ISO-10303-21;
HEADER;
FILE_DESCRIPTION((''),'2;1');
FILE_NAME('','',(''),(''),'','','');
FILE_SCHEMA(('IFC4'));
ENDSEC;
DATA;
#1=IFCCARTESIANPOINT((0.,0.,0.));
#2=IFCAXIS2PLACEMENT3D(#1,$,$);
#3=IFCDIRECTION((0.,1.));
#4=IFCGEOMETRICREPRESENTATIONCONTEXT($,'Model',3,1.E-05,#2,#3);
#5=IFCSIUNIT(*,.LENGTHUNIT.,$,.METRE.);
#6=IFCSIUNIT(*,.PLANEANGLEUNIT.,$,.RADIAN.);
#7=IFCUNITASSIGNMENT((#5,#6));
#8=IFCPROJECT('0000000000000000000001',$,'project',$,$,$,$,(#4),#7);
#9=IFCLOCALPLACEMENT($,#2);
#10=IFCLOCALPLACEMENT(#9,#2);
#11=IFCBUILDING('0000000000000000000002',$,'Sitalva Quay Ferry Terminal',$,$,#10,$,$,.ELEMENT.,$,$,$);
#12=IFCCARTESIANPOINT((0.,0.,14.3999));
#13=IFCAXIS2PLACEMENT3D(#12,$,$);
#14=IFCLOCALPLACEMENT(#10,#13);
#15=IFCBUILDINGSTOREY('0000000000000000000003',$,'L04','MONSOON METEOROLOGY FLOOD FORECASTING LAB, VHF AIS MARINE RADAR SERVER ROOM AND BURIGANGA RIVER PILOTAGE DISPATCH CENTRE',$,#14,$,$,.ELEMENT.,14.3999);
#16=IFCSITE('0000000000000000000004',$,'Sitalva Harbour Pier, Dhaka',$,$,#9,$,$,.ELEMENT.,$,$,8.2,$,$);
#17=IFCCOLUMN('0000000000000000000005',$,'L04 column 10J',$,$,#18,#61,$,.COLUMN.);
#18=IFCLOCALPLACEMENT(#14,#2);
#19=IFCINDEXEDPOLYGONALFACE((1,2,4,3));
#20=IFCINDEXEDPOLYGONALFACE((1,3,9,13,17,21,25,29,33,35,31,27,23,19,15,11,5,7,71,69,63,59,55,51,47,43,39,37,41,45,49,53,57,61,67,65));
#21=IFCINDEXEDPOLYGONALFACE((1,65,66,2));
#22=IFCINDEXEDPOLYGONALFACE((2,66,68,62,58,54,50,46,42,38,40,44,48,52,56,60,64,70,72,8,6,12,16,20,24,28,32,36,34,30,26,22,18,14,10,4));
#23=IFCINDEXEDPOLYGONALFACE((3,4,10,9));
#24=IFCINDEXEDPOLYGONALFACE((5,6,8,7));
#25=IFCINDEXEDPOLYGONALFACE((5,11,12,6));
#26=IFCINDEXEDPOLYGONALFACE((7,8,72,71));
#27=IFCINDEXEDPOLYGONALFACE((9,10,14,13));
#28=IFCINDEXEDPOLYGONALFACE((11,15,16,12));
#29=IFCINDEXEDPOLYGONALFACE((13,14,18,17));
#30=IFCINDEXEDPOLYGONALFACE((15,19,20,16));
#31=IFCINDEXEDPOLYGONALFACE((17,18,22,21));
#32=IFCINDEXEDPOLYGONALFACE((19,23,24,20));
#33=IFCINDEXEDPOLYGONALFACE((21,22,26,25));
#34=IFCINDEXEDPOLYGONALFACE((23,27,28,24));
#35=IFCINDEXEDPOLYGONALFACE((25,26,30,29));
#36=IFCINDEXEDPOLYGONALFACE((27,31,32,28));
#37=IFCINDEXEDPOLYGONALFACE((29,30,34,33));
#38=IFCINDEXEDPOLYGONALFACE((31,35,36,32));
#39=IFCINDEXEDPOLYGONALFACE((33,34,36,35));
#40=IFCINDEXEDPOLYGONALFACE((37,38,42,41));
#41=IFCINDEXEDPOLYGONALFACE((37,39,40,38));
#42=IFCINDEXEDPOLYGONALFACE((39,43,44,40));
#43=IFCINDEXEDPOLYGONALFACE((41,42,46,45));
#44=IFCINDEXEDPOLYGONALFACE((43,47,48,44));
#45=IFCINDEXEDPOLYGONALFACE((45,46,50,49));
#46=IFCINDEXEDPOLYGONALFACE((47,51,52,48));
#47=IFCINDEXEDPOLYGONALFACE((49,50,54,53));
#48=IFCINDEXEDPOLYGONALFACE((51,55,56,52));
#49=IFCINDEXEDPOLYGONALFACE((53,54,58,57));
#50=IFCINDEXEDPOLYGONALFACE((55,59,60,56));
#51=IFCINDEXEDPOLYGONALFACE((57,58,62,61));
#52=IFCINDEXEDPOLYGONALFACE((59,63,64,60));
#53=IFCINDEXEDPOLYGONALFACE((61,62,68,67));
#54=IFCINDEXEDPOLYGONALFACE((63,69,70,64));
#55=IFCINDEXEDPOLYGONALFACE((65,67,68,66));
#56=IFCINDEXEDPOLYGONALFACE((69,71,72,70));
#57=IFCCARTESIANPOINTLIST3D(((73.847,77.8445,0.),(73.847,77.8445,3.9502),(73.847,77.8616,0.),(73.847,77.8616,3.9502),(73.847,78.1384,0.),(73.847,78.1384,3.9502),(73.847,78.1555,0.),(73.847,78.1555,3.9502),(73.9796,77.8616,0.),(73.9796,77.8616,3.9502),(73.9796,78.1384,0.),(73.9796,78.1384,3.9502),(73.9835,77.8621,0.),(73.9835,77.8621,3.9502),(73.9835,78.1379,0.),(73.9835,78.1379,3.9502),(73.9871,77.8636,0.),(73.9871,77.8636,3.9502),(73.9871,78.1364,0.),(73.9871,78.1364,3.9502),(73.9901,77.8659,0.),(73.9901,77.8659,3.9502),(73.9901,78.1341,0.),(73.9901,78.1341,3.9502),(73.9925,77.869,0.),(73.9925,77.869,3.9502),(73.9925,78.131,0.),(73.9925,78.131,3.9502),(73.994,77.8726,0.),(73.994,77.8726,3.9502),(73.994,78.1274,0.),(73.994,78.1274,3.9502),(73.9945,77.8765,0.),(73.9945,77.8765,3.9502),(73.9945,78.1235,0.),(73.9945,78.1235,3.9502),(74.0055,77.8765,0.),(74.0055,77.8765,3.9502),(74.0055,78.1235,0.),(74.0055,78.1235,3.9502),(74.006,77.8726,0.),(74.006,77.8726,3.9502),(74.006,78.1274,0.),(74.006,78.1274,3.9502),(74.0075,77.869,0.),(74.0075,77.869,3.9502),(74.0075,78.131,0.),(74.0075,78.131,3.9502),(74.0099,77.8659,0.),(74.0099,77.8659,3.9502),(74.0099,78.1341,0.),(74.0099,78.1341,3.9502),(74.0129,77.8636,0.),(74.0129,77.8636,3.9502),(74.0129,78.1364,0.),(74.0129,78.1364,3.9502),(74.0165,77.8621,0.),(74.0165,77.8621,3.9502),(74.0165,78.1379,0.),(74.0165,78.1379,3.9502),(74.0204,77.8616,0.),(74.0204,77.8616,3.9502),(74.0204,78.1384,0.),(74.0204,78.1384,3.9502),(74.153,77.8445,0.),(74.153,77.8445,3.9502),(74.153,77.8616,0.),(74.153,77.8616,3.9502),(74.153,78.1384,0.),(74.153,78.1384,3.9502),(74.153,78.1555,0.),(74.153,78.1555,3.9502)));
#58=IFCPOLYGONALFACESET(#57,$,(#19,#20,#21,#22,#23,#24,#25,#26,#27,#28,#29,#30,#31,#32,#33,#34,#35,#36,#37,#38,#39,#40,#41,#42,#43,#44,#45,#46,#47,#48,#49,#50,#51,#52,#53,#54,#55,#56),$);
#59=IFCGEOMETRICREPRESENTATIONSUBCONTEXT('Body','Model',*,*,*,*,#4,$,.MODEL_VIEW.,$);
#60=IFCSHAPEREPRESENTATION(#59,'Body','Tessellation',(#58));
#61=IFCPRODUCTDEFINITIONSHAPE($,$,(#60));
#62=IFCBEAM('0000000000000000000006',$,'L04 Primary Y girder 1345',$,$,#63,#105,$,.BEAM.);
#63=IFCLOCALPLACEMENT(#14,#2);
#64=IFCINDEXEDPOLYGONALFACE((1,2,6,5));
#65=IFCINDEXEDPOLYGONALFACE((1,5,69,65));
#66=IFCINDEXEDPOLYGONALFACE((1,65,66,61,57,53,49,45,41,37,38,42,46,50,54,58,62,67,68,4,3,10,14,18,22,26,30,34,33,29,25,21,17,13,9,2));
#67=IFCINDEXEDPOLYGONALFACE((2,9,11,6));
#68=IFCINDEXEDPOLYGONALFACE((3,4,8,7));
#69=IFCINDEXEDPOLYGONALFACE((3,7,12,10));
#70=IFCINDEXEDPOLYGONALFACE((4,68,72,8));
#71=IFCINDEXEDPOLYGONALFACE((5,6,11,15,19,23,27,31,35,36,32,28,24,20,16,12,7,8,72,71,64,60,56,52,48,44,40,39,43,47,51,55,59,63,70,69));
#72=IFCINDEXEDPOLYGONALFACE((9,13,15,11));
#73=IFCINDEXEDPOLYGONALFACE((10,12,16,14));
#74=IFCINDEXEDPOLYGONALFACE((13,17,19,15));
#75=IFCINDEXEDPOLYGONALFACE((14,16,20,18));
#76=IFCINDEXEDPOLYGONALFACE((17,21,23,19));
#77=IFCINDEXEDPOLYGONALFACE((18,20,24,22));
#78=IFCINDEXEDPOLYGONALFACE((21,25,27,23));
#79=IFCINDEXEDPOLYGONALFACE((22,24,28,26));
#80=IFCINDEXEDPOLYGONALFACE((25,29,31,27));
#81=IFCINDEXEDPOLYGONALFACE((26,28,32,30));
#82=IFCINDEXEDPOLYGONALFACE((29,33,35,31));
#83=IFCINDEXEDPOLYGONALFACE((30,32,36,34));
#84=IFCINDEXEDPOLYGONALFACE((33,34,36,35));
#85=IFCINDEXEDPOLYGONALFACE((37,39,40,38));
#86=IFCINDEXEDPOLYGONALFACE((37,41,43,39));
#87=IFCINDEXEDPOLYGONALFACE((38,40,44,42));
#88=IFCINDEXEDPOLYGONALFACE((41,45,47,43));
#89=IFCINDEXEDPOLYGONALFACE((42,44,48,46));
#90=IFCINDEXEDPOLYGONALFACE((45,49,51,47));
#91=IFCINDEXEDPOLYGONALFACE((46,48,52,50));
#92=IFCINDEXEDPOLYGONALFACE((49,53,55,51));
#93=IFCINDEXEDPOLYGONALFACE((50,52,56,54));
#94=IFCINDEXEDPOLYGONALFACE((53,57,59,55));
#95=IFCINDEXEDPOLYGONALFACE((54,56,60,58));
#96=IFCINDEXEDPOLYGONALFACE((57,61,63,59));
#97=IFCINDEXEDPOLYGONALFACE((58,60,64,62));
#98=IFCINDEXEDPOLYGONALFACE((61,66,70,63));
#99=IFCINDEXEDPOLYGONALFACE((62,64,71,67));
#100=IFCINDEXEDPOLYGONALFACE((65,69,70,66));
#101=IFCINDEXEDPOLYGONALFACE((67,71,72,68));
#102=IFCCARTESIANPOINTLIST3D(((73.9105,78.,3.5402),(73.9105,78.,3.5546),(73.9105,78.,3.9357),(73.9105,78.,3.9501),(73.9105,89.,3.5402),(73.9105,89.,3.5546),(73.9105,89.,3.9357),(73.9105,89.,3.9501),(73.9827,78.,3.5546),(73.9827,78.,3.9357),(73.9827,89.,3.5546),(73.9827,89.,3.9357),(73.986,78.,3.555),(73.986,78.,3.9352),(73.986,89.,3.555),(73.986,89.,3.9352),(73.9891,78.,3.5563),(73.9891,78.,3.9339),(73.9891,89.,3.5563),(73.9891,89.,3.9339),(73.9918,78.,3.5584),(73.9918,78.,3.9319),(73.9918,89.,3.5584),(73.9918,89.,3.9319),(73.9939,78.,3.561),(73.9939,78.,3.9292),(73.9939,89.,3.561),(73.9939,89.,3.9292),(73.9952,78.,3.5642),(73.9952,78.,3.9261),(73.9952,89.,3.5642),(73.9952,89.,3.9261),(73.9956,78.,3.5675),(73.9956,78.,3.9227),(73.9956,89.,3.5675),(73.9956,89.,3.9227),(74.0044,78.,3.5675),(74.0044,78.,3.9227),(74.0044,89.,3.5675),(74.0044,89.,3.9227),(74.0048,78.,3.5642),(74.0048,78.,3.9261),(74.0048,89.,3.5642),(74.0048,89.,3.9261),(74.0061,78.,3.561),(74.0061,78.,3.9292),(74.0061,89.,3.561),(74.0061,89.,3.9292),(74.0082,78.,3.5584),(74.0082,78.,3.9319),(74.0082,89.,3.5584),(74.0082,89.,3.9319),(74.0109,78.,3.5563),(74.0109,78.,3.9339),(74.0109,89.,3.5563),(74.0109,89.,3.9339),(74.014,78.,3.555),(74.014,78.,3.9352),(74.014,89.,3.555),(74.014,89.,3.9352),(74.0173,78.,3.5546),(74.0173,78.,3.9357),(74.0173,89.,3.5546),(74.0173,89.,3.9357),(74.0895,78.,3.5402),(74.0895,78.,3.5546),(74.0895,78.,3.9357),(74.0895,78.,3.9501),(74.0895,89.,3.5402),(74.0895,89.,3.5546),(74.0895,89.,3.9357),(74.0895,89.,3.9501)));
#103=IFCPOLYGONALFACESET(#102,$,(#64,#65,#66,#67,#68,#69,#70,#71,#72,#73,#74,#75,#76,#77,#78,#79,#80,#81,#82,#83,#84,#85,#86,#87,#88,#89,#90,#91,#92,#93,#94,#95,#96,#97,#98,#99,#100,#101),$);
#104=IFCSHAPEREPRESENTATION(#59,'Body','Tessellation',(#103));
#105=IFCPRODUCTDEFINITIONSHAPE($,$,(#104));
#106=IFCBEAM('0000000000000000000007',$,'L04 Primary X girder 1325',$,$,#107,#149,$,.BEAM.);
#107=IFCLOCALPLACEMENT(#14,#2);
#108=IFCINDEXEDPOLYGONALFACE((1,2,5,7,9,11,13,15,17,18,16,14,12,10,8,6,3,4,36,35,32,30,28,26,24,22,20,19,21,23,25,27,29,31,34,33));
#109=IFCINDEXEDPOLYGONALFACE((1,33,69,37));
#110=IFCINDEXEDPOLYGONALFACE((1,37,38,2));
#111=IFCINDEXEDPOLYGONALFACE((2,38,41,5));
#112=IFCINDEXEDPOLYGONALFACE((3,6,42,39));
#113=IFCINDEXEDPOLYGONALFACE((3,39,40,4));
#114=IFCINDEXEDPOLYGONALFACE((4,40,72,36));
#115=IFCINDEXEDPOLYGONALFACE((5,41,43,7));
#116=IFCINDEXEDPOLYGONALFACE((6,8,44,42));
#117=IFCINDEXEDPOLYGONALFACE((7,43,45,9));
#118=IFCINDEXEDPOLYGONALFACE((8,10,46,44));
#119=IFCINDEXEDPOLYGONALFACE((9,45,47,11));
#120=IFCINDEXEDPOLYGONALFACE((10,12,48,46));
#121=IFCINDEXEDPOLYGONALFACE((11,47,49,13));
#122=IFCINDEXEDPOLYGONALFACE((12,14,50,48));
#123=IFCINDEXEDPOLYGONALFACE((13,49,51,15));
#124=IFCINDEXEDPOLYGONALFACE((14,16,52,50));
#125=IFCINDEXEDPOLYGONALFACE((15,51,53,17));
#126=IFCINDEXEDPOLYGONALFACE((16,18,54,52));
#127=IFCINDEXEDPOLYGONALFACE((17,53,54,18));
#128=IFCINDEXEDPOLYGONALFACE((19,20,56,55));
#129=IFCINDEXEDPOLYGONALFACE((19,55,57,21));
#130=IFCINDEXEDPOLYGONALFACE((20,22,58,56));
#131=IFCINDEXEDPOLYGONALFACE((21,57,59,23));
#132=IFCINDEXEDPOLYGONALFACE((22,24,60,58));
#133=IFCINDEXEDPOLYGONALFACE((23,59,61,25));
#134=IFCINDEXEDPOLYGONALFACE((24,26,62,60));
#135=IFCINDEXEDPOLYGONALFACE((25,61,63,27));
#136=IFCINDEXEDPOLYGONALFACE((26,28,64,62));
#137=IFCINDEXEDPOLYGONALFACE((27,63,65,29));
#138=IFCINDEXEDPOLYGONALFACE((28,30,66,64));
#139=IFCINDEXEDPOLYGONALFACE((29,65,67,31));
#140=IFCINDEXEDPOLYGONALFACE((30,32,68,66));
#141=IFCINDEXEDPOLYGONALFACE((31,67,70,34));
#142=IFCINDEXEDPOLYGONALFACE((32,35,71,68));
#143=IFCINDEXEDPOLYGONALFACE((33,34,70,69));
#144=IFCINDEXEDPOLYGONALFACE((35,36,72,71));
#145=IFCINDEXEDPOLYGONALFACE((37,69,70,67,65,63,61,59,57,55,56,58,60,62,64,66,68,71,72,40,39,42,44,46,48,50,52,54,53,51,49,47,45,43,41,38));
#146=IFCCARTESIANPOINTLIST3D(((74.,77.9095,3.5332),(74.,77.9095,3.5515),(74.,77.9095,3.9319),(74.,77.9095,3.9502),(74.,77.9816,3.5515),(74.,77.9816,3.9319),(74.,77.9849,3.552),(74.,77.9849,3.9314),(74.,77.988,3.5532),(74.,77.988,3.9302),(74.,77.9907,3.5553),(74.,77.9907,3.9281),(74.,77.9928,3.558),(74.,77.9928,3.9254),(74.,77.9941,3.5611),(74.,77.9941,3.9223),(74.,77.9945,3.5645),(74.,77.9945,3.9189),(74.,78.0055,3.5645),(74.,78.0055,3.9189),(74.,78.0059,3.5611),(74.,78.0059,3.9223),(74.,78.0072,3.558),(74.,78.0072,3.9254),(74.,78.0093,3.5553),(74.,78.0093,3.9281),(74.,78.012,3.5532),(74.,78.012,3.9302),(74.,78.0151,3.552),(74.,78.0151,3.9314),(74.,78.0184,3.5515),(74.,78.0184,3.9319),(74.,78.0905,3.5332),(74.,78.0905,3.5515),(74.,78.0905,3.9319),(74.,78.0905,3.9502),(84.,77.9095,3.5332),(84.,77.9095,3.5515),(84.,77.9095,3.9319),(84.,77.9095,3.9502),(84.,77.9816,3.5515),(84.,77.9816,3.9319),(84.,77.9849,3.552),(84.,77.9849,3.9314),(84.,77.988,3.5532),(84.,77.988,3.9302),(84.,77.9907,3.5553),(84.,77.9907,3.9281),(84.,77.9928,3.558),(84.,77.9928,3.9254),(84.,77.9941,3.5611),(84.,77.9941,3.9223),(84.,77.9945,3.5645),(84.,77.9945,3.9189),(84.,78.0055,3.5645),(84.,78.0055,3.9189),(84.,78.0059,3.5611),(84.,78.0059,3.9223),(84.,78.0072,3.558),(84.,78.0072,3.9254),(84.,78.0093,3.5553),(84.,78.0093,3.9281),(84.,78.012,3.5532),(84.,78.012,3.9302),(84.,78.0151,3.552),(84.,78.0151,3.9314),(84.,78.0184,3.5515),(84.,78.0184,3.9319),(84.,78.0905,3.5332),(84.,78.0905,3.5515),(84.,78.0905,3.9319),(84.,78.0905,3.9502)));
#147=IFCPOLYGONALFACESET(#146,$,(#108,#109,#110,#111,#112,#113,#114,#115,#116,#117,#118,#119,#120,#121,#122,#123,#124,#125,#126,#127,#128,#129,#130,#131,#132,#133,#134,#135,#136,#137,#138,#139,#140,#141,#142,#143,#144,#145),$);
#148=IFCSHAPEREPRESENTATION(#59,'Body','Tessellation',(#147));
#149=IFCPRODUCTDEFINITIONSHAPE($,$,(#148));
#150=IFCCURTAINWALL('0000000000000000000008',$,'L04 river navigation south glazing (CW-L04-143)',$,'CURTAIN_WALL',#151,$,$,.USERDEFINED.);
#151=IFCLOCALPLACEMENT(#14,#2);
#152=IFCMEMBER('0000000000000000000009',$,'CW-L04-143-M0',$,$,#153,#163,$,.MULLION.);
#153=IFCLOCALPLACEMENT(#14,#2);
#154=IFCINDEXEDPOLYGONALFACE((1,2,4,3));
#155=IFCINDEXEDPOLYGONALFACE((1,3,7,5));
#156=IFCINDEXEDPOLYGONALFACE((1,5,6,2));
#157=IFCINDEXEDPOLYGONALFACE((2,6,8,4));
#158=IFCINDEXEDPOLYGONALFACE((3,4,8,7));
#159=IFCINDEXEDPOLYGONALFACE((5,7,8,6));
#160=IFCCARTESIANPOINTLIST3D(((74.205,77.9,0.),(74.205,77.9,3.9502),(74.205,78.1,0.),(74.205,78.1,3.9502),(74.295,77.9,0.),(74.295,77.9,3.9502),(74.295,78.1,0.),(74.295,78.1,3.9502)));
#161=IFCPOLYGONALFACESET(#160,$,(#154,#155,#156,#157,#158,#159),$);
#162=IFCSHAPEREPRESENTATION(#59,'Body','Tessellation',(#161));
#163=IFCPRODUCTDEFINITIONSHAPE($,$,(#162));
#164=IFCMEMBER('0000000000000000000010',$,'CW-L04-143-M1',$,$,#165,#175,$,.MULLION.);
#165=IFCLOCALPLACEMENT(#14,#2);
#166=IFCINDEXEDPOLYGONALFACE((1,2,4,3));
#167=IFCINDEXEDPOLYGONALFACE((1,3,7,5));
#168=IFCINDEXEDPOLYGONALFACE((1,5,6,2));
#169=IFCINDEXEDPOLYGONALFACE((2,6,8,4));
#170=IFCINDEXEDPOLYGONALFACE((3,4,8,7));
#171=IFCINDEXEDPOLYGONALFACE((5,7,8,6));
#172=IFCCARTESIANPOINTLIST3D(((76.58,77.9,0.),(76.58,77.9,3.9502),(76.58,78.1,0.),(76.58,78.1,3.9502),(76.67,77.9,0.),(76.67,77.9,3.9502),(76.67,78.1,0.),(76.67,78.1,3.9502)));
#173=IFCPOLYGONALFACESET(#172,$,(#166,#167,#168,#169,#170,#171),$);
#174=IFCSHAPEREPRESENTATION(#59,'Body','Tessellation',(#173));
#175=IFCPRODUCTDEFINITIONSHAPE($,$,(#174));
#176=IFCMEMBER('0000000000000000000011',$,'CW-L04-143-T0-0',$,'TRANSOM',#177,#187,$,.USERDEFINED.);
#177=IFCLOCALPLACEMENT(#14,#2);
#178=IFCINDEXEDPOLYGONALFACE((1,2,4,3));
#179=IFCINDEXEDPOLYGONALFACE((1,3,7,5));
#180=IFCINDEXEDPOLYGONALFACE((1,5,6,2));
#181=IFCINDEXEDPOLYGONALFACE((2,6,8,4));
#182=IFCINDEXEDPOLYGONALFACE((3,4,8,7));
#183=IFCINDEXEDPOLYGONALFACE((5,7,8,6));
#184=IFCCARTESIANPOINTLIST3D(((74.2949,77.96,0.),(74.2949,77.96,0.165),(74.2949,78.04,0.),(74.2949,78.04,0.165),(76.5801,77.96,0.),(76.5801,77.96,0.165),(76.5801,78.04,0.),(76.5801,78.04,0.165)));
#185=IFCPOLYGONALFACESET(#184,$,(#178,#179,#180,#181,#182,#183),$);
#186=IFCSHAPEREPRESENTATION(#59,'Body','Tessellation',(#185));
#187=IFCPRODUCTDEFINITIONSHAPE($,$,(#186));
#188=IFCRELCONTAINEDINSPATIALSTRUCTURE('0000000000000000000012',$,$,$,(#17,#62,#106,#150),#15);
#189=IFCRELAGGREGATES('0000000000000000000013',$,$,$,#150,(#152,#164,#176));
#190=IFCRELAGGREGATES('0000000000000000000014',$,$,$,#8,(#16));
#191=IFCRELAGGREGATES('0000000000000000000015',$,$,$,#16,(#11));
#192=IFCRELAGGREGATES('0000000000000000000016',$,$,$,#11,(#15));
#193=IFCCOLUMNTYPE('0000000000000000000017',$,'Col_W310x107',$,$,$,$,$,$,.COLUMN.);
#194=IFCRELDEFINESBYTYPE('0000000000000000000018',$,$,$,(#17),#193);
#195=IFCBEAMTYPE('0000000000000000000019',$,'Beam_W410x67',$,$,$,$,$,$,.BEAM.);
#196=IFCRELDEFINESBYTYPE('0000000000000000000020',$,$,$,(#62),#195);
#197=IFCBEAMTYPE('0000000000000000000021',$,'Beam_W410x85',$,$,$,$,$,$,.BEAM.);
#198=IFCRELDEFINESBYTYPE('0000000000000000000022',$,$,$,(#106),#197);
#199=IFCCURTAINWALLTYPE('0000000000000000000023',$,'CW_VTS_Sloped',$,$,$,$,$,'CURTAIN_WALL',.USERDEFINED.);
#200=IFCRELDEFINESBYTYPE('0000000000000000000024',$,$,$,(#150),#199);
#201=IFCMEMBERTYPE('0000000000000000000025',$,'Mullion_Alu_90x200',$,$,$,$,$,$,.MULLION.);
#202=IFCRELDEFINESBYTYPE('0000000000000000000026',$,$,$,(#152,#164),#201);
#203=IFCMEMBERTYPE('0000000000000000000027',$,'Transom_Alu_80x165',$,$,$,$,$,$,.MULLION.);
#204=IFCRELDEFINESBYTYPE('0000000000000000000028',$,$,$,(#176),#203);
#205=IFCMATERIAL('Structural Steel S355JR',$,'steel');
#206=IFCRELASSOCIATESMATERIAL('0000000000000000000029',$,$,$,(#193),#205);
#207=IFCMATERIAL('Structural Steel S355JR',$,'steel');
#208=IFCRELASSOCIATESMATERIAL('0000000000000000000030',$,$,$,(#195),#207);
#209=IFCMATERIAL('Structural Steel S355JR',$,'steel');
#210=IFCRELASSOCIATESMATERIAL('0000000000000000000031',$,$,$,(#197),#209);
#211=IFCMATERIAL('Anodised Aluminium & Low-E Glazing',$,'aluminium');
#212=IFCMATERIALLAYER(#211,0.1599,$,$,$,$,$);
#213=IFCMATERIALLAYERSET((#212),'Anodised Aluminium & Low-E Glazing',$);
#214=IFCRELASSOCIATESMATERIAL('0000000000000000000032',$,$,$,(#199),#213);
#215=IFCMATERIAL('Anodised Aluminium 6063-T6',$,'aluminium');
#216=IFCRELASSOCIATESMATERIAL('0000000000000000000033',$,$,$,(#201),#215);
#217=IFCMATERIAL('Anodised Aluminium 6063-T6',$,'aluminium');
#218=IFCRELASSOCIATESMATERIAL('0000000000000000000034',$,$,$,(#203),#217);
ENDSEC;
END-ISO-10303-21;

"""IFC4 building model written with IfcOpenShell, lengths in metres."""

from ifc_helpers import new_model, si_unit, direction, frame, origin, origin_2d, place, context, subcontext, project, spatial, rectangle, i_section, extrude, material, layer, layer_set, material_profile, profile_set, type_object, element, aggregate, save


model = new_model("IFC4")

# Units and contexts
model_context = context("Model", 3, precision=1e-05, world=origin(), true_north=direction((0.0, 1.0)))
body_context = subcontext(model_context, "Body", "Model", "MODEL_VIEW")
ifc_project = project(units=[si_unit("LENGTHUNIT", "METRE"), si_unit("PLANEANGLEUNIT", "RADIAN")], contexts=[model_context])

# Site, building, storey
site_placement = place(None, origin())
site = spatial("IfcSite", under=ifc_project, at=site_placement, Name="Sitalva Harbour Pier, Dhaka", CompositionType="ELEMENT", RefElevation=8.2)
building_placement = place(site_placement, origin())
building = spatial("IfcBuilding", under=site, at=building_placement, Name="Sitalva Quay Ferry Terminal", CompositionType="ELEMENT")
storey_placement = place(building_placement, frame((0.0, 0.0, 14.3999)))
storey = spatial("IfcBuildingStorey", under=building, at=storey_placement, Name="L04", Description="MONSOON METEOROLOGY FLOOD FORECASTING LAB, VHF AIS MARINE RADAR SERVER ROOM AND BURIGANGA RIVER PILOTAGE DISPATCH CENTRE", CompositionType="ELEMENT", Elevation=14.3999)

# Column
ifc_material_1 = material(Name="Structural Steel S355JR", Category="steel")
ifc_material_profile_1 = material_profile(ifc_material_1, i_section(OverallWidth=0.3059, OverallDepth=0.311, WebThickness=0.011, FlangeThickness=0.0171, FilletRadius=0.0149, at=origin_2d()), Name="W310x107")
ifc_profile_set_1 = profile_set([ifc_material_profile_1], Name="Structural Steel S355JR")
column_type = type_object("IfcColumnType", Name="Col_W310x107", PredefinedType="COLUMN", material=ifc_profile_set_1)
column_placement = place(storey_placement, frame((74.0, 78.0, 0.0), z_axis=(0.0, 0.0, 1.0), x_axis=(1.0, 0.0, 0.0)))
element("IfcColumn", 1, at=column_placement, inside=storey, type_object=column_type, Name="L04 column 10J", PredefinedType="COLUMN", context=body_context, shape_type="SweptSolid", body=[
    extrude(i_section(OverallWidth=0.3059, OverallDepth=0.311, WebThickness=0.011, FlangeThickness=0.0171, FilletRadius=0.0149, at=origin_2d()), origin(), (0.0, 0.0, 1.0), 3.9502),
])

# Beams
ifc_material_2 = material(Name="Structural Steel S355JR", Category="steel")
ifc_material_profile_2 = material_profile(ifc_material_2, i_section(OverallWidth=0.179, OverallDepth=0.4099, WebThickness=0.0088, FlangeThickness=0.0144, FilletRadius=0.0129, at=origin_2d()), Name="W410x67")
ifc_profile_set_2 = profile_set([ifc_material_profile_2], Name="Structural Steel S355JR")
beam_type_1 = type_object("IfcBeamType", Name="Beam_W410x67", PredefinedType="BEAM", material=ifc_profile_set_2)
beam_1_placement = place(storey_placement, frame((74.0, 78.0, 3.7451), z_axis=(0.0, 1.0, 0.0), x_axis=(-1.0, 0.0, 0.0)))
element("IfcBeam", 2, at=beam_1_placement, inside=storey, type_object=beam_type_1, Name="L04 Primary Y girder 1345", PredefinedType="BEAM", context=body_context, shape_type="SweptSolid", body=[
    extrude(i_section(OverallWidth=0.179, OverallDepth=0.4099, WebThickness=0.0088, FlangeThickness=0.0144, FilletRadius=0.0129, at=origin_2d()), origin(), (0.0, 0.0, 1.0), 11.0),
])
ifc_material_3 = material(Name="Structural Steel S355JR", Category="steel")
ifc_material_profile_3 = material_profile(ifc_material_3, i_section(OverallWidth=0.1809, OverallDepth=0.417, WebThickness=0.011, FlangeThickness=0.0183, FilletRadius=0.0129, at=origin_2d()), Name="W410x85")
ifc_profile_set_3 = profile_set([ifc_material_profile_3], Name="Structural Steel S355JR")
beam_type_2 = type_object("IfcBeamType", Name="Beam_W410x85", PredefinedType="BEAM", material=ifc_profile_set_3)
beam_2_placement = place(storey_placement, frame((74.0, 78.0, 3.7417), z_axis=(1.0, 0.0, 0.0), x_axis=(0.0, 1.0, 0.0)))
element("IfcBeam", 3, at=beam_2_placement, inside=storey, type_object=beam_type_2, Name="L04 Primary X girder 1325", PredefinedType="BEAM", context=body_context, shape_type="SweptSolid", body=[
    extrude(i_section(OverallWidth=0.1809, OverallDepth=0.417, WebThickness=0.011, FlangeThickness=0.0183, FilletRadius=0.0129, at=origin_2d()), origin(), (0.0, 0.0, 1.0), 10.0),
])

# Curtain wall, members
ifc_material_4 = material(Name="Anodised Aluminium & Low-E Glazing", Category="aluminium")
ifc_layer_1 = layer(ifc_material_4, 0.1599)
ifc_layer_set_1 = layer_set([ifc_layer_1], Name="Anodised Aluminium & Low-E Glazing")
curtain_wall_type = type_object("IfcCurtainWallType", Name="CW_VTS_Sloped", ElementType="CURTAIN_WALL", PredefinedType="USERDEFINED", material=ifc_layer_set_1)
curtain_wall_placement = place(storey_placement, origin())
curtain_wall = element("IfcCurtainWall", 4, at=curtain_wall_placement, inside=storey, type_object=curtain_wall_type, Name="L04 river navigation south glazing (CW-L04-143)", ObjectType="CURTAIN_WALL", PredefinedType="USERDEFINED")
ifc_material_5 = material(Name="Anodised Aluminium 6063-T6", Category="aluminium")
ifc_material_profile_4 = material_profile(ifc_material_5, rectangle(XDim=0.0901, YDim=0.2, at=origin_2d()), Name="ALU90x200")
ifc_profile_set_4 = profile_set([ifc_material_profile_4], Name="Anodised Aluminium 6063-T6")
member_type_1 = type_object("IfcMemberType", Name="Mullion_Alu_90x200", PredefinedType="MULLION", material=ifc_profile_set_4)
member_1_placement = place(storey_placement, frame((74.25, 78.0, 0.0), z_axis=(0.0, 0.0, 1.0), x_axis=(1.0, 0.0, 0.0)))
member_1 = element("IfcMember", 5, at=member_1_placement, type_object=member_type_1, Name="CW-L04-143-M0", PredefinedType="MULLION", context=body_context, shape_type="SweptSolid", body=[
    extrude(rectangle(XDim=0.0901, YDim=0.2, at=origin_2d()), origin(), (0.0, 0.0, 1.0), 3.9502),
])
member_2_placement = place(storey_placement, frame((76.625, 78.0, 0.0), z_axis=(0.0, 0.0, 1.0), x_axis=(1.0, 0.0, 0.0)))
member_2 = element("IfcMember", 6, at=member_2_placement, type_object=member_type_1, Name="CW-L04-143-M1", PredefinedType="MULLION", context=body_context, shape_type="SweptSolid", body=[
    extrude(rectangle(XDim=0.0901, YDim=0.2, at=origin_2d()), origin(), (0.0, 0.0, 1.0), 3.9502),
])
ifc_material_6 = material(Name="Anodised Aluminium 6063-T6", Category="aluminium")
ifc_material_profile_5 = material_profile(ifc_material_6, rectangle(XDim=0.0801, YDim=0.165, at=origin_2d()), Name="ALU80x165")
ifc_profile_set_5 = profile_set([ifc_material_profile_5], Name="Anodised Aluminium 6063-T6")
member_type_2 = type_object("IfcMemberType", Name="Transom_Alu_80x165", PredefinedType="MULLION", material=ifc_profile_set_5)
member_3_placement = place(storey_placement, frame((74.2949, 78.0, 0.0825), z_axis=(1.0, 0.0, 0.0), x_axis=(0.0, 1.0, 0.0)))
member_3 = element("IfcMember", 7, at=member_3_placement, type_object=member_type_2, Name="CW-L04-143-T0-0", ObjectType="TRANSOM", PredefinedType="USERDEFINED", context=body_context, shape_type="SweptSolid", body=[
    extrude(rectangle(XDim=0.0801, YDim=0.165, at=origin_2d()), origin(), (0.0, 0.0, 1.0), 2.2852),
])
aggregate(curtain_wall, [member_1, member_2, member_3])

save(model, "model.ifc")
